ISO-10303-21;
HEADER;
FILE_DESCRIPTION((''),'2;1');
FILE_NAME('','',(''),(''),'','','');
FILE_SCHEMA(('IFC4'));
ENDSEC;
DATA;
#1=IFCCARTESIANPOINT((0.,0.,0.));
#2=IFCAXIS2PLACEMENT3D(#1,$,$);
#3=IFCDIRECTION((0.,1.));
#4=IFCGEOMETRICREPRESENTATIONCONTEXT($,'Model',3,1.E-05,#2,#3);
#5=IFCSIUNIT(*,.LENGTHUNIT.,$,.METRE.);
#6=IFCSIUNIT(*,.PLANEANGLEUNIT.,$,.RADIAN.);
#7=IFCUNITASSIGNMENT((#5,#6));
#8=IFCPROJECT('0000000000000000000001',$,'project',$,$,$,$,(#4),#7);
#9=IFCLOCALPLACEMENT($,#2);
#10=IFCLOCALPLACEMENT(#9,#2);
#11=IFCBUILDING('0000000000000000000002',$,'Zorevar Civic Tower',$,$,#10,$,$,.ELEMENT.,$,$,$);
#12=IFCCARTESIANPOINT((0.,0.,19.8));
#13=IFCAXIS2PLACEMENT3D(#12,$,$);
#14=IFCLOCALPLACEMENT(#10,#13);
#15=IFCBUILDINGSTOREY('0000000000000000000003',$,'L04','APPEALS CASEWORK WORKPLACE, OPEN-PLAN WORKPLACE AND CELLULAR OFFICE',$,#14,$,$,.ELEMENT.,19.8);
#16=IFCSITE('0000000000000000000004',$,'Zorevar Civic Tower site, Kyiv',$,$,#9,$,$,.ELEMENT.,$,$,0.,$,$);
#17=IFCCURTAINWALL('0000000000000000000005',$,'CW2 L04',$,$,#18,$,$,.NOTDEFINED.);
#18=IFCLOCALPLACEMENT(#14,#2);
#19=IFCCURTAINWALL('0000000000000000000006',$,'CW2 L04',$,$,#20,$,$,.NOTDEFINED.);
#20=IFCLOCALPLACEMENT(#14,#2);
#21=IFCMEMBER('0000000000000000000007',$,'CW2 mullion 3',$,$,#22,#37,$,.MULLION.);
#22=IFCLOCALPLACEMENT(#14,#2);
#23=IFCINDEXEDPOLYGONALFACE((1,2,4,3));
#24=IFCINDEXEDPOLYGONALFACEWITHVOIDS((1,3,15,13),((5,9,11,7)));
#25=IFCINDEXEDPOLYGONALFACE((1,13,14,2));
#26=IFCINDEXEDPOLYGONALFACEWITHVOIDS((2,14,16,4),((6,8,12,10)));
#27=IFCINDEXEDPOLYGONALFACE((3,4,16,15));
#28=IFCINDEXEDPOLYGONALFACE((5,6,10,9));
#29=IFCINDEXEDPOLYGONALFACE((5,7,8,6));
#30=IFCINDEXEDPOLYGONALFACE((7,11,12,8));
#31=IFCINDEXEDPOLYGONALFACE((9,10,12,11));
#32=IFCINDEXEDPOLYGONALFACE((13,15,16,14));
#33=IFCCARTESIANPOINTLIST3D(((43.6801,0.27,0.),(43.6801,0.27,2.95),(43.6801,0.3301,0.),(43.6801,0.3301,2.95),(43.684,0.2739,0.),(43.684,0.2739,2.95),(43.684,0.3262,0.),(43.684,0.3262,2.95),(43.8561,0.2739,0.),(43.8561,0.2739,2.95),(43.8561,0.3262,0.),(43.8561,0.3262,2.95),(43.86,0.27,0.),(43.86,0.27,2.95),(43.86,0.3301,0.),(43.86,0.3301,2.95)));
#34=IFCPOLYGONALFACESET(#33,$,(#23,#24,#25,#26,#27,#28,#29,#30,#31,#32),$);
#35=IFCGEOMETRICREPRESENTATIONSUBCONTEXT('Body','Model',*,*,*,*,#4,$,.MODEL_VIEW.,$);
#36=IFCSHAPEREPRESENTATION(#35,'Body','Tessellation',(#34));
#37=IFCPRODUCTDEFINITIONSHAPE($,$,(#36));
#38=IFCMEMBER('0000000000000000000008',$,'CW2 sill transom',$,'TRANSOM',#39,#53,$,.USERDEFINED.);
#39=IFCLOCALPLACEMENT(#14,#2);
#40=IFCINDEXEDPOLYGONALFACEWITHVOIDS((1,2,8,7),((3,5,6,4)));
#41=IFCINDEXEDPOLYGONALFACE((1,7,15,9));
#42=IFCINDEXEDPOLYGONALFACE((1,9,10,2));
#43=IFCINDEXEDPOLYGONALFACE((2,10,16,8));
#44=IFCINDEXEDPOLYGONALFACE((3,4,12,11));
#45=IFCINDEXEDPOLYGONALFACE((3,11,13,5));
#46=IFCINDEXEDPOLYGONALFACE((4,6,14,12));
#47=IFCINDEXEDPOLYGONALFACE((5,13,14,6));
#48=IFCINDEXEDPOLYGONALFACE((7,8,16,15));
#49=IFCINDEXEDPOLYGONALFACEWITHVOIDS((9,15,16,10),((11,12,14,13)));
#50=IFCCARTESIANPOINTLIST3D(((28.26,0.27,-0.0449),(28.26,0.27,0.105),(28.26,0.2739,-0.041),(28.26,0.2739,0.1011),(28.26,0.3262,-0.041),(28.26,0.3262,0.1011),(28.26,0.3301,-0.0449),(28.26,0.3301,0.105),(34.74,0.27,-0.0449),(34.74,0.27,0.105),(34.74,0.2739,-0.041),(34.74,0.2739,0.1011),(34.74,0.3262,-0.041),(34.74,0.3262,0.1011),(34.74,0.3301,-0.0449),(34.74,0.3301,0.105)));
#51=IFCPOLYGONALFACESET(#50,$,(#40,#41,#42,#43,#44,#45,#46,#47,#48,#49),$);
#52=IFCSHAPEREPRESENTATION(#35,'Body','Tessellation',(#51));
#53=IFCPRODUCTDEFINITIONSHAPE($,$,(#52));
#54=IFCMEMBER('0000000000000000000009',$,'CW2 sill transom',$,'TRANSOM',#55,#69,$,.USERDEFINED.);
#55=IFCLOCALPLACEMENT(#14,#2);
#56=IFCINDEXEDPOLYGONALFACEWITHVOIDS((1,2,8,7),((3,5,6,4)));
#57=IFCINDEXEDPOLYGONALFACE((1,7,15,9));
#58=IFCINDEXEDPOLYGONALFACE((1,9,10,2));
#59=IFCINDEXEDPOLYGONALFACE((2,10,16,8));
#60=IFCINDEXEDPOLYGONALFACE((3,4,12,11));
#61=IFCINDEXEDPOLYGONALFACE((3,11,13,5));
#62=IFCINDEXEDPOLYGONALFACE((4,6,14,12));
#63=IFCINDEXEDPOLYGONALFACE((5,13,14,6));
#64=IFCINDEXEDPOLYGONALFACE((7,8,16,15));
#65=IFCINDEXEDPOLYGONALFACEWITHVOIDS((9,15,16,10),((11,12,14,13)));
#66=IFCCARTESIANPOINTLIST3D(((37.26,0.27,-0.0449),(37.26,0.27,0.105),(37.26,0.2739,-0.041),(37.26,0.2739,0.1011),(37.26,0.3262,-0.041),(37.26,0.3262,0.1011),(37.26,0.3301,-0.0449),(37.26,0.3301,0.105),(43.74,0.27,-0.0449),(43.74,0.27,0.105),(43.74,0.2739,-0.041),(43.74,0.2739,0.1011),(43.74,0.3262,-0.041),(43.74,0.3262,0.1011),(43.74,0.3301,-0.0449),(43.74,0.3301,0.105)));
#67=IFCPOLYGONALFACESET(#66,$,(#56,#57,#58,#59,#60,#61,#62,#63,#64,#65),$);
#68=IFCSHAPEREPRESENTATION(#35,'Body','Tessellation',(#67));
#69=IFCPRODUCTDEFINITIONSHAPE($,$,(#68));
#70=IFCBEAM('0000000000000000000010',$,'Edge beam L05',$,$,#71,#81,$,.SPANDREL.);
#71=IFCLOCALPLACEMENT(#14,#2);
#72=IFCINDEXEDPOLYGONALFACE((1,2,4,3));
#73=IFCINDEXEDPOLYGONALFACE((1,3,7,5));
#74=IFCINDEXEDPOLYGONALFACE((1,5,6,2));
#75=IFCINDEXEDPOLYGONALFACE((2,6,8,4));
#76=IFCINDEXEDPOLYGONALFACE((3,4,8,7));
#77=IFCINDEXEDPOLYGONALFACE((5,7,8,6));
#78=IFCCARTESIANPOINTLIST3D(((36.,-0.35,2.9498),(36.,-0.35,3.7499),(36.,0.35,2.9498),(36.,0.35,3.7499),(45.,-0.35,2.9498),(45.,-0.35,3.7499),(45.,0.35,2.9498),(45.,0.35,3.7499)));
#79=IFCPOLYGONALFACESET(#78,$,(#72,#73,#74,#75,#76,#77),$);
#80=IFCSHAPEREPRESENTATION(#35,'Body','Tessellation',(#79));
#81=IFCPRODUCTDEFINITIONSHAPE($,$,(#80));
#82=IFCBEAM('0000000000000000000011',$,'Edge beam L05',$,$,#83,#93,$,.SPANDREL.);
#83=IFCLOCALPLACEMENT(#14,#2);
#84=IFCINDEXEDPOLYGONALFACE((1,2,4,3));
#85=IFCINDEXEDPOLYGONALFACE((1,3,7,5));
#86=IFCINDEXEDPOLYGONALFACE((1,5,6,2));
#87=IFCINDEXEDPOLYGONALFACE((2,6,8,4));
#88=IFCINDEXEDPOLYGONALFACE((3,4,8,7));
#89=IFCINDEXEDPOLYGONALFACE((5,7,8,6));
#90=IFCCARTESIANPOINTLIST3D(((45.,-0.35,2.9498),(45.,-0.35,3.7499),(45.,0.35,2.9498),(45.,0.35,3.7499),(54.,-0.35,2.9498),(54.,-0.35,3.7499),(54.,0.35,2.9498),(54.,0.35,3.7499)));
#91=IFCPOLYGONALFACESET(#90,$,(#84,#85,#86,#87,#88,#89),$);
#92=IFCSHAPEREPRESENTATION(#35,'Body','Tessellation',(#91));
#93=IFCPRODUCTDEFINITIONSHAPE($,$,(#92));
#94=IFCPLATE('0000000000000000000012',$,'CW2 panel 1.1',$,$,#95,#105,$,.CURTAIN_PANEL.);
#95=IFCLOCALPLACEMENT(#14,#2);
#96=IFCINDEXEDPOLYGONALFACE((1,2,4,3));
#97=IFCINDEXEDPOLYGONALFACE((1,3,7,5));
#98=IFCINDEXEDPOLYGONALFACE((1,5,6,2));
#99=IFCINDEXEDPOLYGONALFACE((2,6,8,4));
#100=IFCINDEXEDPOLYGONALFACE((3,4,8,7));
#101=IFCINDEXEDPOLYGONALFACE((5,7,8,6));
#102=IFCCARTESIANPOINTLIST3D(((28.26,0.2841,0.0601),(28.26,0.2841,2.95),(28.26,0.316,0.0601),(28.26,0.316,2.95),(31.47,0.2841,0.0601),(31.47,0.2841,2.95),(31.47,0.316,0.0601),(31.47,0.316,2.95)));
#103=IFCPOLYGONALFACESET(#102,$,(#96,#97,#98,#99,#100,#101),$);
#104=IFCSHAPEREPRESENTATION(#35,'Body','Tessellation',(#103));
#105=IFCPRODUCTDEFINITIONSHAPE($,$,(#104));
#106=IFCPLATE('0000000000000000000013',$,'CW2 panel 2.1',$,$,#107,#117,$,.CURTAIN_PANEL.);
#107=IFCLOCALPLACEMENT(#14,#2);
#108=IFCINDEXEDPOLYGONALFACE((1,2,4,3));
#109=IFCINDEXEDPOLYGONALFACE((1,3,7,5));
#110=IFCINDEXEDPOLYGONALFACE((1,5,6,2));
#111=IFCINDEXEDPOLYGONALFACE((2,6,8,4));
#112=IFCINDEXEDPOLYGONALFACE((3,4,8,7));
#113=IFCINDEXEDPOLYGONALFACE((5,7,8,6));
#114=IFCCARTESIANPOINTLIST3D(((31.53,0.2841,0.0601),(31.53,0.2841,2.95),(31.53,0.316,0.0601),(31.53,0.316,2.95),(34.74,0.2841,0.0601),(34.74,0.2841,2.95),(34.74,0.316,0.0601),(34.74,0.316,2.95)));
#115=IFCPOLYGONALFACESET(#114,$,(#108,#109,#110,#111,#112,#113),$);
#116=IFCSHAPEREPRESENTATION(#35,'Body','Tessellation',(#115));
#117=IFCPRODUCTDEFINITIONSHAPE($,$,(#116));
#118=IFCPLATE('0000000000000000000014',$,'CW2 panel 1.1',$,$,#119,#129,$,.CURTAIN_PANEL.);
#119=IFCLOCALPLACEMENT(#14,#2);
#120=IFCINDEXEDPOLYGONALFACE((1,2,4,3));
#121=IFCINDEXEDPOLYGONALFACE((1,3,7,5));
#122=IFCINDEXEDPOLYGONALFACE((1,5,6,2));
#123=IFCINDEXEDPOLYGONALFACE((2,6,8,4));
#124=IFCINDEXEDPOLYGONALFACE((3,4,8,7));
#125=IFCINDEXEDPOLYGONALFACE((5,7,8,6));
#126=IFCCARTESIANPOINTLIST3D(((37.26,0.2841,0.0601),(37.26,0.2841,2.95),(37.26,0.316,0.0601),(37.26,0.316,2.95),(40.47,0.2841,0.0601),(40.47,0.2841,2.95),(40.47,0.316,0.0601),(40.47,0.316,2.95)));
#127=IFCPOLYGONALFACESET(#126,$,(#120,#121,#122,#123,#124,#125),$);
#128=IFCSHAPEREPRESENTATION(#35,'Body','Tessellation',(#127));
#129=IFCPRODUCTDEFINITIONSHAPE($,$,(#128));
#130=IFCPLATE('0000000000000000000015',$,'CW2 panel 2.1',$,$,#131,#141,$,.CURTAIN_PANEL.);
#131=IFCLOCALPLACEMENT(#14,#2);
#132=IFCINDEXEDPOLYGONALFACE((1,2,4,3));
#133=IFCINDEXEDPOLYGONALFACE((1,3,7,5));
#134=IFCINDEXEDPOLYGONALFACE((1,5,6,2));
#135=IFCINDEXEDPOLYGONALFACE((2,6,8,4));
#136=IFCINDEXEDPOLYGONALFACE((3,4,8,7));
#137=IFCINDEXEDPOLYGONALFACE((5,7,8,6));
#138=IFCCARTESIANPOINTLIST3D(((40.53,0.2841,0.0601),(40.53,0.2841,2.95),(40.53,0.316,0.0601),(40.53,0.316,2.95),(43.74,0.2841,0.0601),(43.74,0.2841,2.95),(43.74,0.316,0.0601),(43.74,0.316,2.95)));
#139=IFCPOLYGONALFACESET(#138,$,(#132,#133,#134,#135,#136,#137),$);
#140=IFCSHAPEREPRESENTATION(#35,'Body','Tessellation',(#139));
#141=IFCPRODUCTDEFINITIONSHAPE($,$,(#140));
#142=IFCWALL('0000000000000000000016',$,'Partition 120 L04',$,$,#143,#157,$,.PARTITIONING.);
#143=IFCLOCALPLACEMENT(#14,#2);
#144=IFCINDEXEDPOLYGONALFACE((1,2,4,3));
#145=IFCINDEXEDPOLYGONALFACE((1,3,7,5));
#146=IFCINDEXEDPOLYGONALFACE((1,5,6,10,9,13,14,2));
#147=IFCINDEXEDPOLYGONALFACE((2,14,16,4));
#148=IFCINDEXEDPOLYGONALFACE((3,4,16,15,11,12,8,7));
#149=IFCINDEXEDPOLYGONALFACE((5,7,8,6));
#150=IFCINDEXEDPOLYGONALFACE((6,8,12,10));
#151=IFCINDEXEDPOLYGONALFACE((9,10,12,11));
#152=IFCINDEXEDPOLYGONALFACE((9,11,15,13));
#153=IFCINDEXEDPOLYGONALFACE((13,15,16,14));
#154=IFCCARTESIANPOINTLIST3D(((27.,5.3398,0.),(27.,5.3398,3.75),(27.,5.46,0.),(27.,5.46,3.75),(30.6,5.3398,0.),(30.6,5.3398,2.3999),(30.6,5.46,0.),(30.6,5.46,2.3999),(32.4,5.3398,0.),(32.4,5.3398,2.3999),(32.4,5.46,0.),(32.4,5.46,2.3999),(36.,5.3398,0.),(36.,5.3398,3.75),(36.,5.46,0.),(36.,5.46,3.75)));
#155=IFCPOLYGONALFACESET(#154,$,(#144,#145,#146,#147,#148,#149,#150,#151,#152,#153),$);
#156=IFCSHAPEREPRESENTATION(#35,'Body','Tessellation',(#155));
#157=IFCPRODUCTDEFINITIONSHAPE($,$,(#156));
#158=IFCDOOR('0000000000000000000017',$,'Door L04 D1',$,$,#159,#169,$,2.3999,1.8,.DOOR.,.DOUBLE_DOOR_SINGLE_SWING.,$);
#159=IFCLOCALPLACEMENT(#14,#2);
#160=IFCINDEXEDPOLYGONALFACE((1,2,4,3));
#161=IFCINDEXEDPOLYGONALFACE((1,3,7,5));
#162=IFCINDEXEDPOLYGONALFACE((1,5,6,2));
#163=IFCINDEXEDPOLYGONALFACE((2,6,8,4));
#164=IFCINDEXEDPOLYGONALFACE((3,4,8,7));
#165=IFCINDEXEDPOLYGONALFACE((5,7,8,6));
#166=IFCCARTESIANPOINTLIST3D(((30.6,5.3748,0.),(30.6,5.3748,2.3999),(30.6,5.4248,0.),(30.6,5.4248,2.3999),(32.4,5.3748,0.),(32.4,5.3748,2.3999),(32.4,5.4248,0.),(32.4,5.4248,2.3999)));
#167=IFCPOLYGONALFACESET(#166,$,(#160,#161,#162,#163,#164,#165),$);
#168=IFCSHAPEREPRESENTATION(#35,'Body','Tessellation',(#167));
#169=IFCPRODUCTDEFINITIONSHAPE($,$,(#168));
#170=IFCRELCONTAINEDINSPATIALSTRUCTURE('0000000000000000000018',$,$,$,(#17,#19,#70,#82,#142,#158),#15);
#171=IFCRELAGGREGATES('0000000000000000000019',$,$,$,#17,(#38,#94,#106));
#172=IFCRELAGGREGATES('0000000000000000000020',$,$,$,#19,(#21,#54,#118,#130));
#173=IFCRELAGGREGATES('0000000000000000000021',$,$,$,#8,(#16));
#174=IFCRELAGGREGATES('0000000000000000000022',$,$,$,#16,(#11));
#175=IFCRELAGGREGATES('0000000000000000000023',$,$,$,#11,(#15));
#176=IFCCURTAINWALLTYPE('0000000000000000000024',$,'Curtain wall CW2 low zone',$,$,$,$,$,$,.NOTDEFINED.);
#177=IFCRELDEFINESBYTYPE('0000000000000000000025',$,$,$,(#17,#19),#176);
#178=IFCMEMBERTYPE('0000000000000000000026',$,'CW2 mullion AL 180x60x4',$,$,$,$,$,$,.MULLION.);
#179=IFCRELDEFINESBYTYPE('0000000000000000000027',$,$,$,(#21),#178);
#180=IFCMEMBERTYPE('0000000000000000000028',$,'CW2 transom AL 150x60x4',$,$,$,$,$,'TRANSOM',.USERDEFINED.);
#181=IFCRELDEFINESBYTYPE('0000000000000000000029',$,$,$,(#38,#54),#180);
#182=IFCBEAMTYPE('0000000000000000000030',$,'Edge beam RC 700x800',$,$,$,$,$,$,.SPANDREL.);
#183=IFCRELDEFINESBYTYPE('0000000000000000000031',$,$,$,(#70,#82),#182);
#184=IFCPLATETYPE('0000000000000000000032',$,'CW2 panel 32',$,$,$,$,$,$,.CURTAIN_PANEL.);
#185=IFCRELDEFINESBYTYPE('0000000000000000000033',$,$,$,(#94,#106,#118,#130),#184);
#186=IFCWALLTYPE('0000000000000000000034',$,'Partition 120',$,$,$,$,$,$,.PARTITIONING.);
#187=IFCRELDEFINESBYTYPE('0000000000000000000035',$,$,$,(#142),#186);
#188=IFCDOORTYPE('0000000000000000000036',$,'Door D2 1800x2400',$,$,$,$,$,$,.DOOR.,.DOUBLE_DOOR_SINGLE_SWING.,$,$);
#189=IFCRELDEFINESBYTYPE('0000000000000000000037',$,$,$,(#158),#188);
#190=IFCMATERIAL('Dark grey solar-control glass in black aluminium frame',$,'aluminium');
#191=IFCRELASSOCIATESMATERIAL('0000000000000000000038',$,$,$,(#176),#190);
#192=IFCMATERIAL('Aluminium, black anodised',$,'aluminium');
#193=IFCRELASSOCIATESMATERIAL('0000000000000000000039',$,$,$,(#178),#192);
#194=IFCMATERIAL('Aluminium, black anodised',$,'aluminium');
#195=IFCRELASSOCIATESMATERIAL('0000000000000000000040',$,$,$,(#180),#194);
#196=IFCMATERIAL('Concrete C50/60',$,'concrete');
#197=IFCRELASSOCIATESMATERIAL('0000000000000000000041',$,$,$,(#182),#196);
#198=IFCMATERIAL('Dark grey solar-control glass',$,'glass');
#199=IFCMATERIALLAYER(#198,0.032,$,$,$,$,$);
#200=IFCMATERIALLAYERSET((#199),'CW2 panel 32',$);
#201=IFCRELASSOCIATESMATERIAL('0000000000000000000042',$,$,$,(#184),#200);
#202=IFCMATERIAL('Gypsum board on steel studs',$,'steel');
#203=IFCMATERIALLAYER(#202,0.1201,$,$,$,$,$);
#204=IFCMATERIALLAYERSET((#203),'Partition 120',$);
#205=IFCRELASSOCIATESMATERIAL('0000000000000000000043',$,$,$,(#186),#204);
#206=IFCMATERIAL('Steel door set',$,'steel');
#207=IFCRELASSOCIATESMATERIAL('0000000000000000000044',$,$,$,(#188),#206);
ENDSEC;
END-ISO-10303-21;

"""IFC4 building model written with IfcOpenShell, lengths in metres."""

from ifc_helpers import new_model, si_unit, direction, frame, frame_2d, origin, origin_2d, place, context, subcontext, project, spatial, rectangle, hollow_rectangle, extrude, material, layer, layer_set, material_profile, profile_set, type_object, element, fill, aggregate, save


model = new_model("IFC4")

# Units and contexts
model_context = context("Model", 3, precision=1e-05, world=origin(), true_north=direction((0.0, 1.0)))
body_context = subcontext(model_context, "Body", "Model", "MODEL_VIEW")
ifc_project = project(units=[si_unit("LENGTHUNIT", "METRE"), si_unit("PLANEANGLEUNIT", "RADIAN")], contexts=[model_context])

# Site, building, storey
site_placement = place(None, origin())
site = spatial("IfcSite", under=ifc_project, at=site_placement, Name="Zorevar Civic Tower site, Kyiv", CompositionType="ELEMENT", RefElevation=0.0)
building_placement = place(site_placement, origin())
building = spatial("IfcBuilding", under=site, at=building_placement, Name="Zorevar Civic Tower", CompositionType="ELEMENT")
storey_placement = place(building_placement, frame((0.0, 0.0, 19.8)))
storey = spatial("IfcBuildingStorey", under=building, at=storey_placement, Name="L04", Description="APPEALS CASEWORK WORKPLACE, OPEN-PLAN WORKPLACE AND CELLULAR OFFICE", CompositionType="ELEMENT", Elevation=19.8)

# Curtain walls, member
ifc_material_1 = material(Name="Dark grey solar-control glass in black aluminium frame", Category="aluminium")
curtain_wall_type = type_object("IfcCurtainWallType", Name="Curtain wall CW2 low zone", PredefinedType="NOTDEFINED", material=ifc_material_1)
curtain_wall_1_placement = place(storey_placement, origin())
curtain_wall_1 = element("IfcCurtainWall", 1, at=curtain_wall_1_placement, inside=storey, type_object=curtain_wall_type, Name="CW2 L04", PredefinedType="NOTDEFINED")
ifc_material_2 = material(Name="Aluminium, black anodised", Category="aluminium")
ifc_material_profile_1 = material_profile(ifc_material_2, hollow_rectangle(XDim=0.0601, YDim=0.1799, WallThickness=0.0039, at=origin_2d()), Name="AL 180x60x4")
ifc_profile_set_1 = profile_set([ifc_material_profile_1], Name="Aluminium, black anodised")
member_type_1 = type_object("IfcMemberType", Name="CW2 mullion AL 180x60x4", PredefinedType="MULLION", material=ifc_profile_set_1)
curtain_wall_2_placement = place(storey_placement, origin())
curtain_wall_2 = element("IfcCurtainWall", 2, at=curtain_wall_2_placement, inside=storey, type_object=curtain_wall_type, Name="CW2 L04", PredefinedType="NOTDEFINED")
member_1_placement = place(storey_placement, frame((43.77, 0.3, 0.0), z_axis=(0.0, 0.0, 1.0), x_axis=(0.0, 1.0, 0.0)))
member_1 = element("IfcMember", 3, at=member_1_placement, type_object=member_type_1, Name="CW2 mullion 3", PredefinedType="MULLION", context=body_context, shape_type="SweptSolid", body=[
    extrude(hollow_rectangle(XDim=0.0601, YDim=0.1799, WallThickness=0.0039, at=origin_2d()), origin(), (0.0, 0.0, 1.0), 2.95),
])

# Members
ifc_material_3 = material(Name="Aluminium, black anodised", Category="aluminium")
ifc_material_profile_2 = material_profile(ifc_material_3, hollow_rectangle(XDim=0.0601, YDim=0.1499, WallThickness=0.0039, at=origin_2d()), Name="AL 150x60x4")
ifc_profile_set_2 = profile_set([ifc_material_profile_2], Name="Aluminium, black anodised")
member_type_2 = type_object("IfcMemberType", Name="CW2 transom AL 150x60x4", ElementType="TRANSOM", PredefinedType="USERDEFINED", material=ifc_profile_set_2)
member_2_placement = place(storey_placement, frame((28.26, 0.3, 0.03), z_axis=(1.0, 0.0, 0.0), x_axis=(0.0, 1.0, 0.0)))
member_2 = element("IfcMember", 4, at=member_2_placement, type_object=member_type_2, Name="CW2 sill transom", ObjectType="TRANSOM", PredefinedType="USERDEFINED", context=body_context, shape_type="SweptSolid", body=[
    extrude(hollow_rectangle(XDim=0.0601, YDim=0.1499, WallThickness=0.0039, at=origin_2d()), origin(), (0.0, 0.0, 1.0), 6.48),
])
member_3_placement = place(storey_placement, frame((37.26, 0.3, 0.03), z_axis=(1.0, 0.0, 0.0), x_axis=(0.0, 1.0, 0.0)))
member_3 = element("IfcMember", 5, at=member_3_placement, type_object=member_type_2, Name="CW2 sill transom", ObjectType="TRANSOM", PredefinedType="USERDEFINED", context=body_context, shape_type="SweptSolid", body=[
    extrude(hollow_rectangle(XDim=0.0601, YDim=0.1499, WallThickness=0.0039, at=origin_2d()), origin(), (0.0, 0.0, 1.0), 6.48),
])

# Beams
ifc_material_4 = material(Name="Concrete C50/60", Category="concrete")
ifc_material_profile_3 = material_profile(ifc_material_4, rectangle(XDim=0.7, YDim=0.8, at=origin_2d()), Name="RC 700x800")
ifc_profile_set_3 = profile_set([ifc_material_profile_3], Name="Concrete C50/60")
beam_type_1 = type_object("IfcBeamType", Name="Edge beam RC 700x800", PredefinedType="SPANDREL", material=ifc_profile_set_3)
for number, where, z_axis, x_axis, name in (
    (6, (36.0, 0.0, 3.3499), (1.0, 0.0, 0.0), (0.0, 1.0, 0.0), "Edge beam L05"),
    (7, (45.0, 0.0, 3.3499), (1.0, 0.0, 0.0), (0.0, 1.0, 0.0), "Edge beam L05"),
):
    element("IfcBeam", number, at=place(storey_placement, frame(where, z_axis=z_axis, x_axis=x_axis)), inside=storey, type_object=beam_type_1, Name=name, PredefinedType="SPANDREL", context=body_context, shape_type="SweptSolid", body=[
        extrude(rectangle(XDim=0.7, YDim=0.8, at=origin_2d()), origin(), (0.0, 0.0, 1.0), 9.0),
    ])

# Plates
ifc_material_5 = material(Name="Dark grey solar-control glass", Category="glass")
ifc_layer_1 = layer(ifc_material_5, 0.032)
ifc_layer_set_1 = layer_set([ifc_layer_1], Name="CW2 panel 32")
plate_type = type_object("IfcPlateType", Name="CW2 panel 32", PredefinedType="CURTAIN_PANEL", material=ifc_layer_set_1)
plate_1_placement = place(storey_placement, frame((29.865, 0.3, 0.0601), z_axis=(0.0, 0.0, 1.0), x_axis=(1.0, 0.0, 0.0)))
plate_1 = element("IfcPlate", 8, at=plate_1_placement, type_object=plate_type, Name="CW2 panel 1.1", PredefinedType="CURTAIN_PANEL", context=body_context, shape_type="SweptSolid", body=[
    extrude(rectangle(XDim=3.21, YDim=0.032, at=origin_2d()), origin(), (0.0, 0.0, 1.0), 2.8899),
])
plate_2_placement = place(storey_placement, frame((33.135, 0.3, 0.0601), z_axis=(0.0, 0.0, 1.0), x_axis=(1.0, 0.0, 0.0)))
plate_2 = element("IfcPlate", 9, at=plate_2_placement, type_object=plate_type, Name="CW2 panel 2.1", PredefinedType="CURTAIN_PANEL", context=body_context, shape_type="SweptSolid", body=[
    extrude(rectangle(XDim=3.21, YDim=0.032, at=origin_2d()), origin(), (0.0, 0.0, 1.0), 2.8899),
])
aggregate(curtain_wall_1, [member_2, plate_1, plate_2])
plate_3_placement = place(storey_placement, frame((38.865, 0.3, 0.0601), z_axis=(0.0, 0.0, 1.0), x_axis=(1.0, 0.0, 0.0)))
plate_3 = element("IfcPlate", 10, at=plate_3_placement, type_object=plate_type, Name="CW2 panel 1.1", PredefinedType="CURTAIN_PANEL", context=body_context, shape_type="SweptSolid", body=[
    extrude(rectangle(XDim=3.21, YDim=0.032, at=origin_2d()), origin(), (0.0, 0.0, 1.0), 2.8899),
])
plate_4_placement = place(storey_placement, frame((42.135, 0.3, 0.0601), z_axis=(0.0, 0.0, 1.0), x_axis=(1.0, 0.0, 0.0)))
plate_4 = element("IfcPlate", 11, at=plate_4_placement, type_object=plate_type, Name="CW2 panel 2.1", PredefinedType="CURTAIN_PANEL", context=body_context, shape_type="SweptSolid", body=[
    extrude(rectangle(XDim=3.21, YDim=0.032, at=origin_2d()), origin(), (0.0, 0.0, 1.0), 2.8899),
])
aggregate(curtain_wall_2, [member_1, member_3, plate_3, plate_4])

# Wall, opening, door
ifc_material_6 = material(Name="Gypsum board on steel studs", Category="steel")
ifc_layer_2 = layer(ifc_material_6, 0.1201)
ifc_layer_set_2 = layer_set([ifc_layer_2], Name="Partition 120")
wall_type = type_object("IfcWallType", Name="Partition 120", PredefinedType="PARTITIONING", material=ifc_layer_set_2)
wall_1_placement = place(storey_placement, frame((27.0, 5.3999, 0.0), z_axis=(0.0, 0.0, 1.0), x_axis=(1.0, 0.0, 0.0)))
wall_1 = element("IfcWall", 12, at=wall_1_placement, inside=storey, type_object=wall_type, Name="Partition 120 L04", PredefinedType="PARTITIONING", context=body_context, shape_type="SweptSolid", body=[
    extrude(rectangle(XDim=9.0, YDim=0.1201, at=frame_2d((4.5, 0.0))), origin(), (0.0, 0.0, 1.0), 3.75),
])
opening_1_placement = place(wall_1_placement, frame((3.6001, 0.0, 0.0)))
opening_1 = element("IfcOpeningElement", 13, at=opening_1_placement, cuts=wall_1, PredefinedType="OPENING", context=body_context, shape_type="SweptSolid", body=[
    extrude(rectangle(XDim=1.8, YDim=2.3999, at=frame_2d((0.8999, 1.2))), frame((0.0, 0.0701, 0.0), z_axis=(0.0, -1.0, 0.0), x_axis=(1.0, 0.0, 0.0)), (0.0, 0.0, 1.0), 0.1401),
])
ifc_material_7 = material(Name="Steel door set", Category="steel")
door_type_1 = type_object("IfcDoorType", Name="Door D2 1800x2400", OperationType="DOUBLE_DOOR_SINGLE_SWING", PredefinedType="DOOR", material=ifc_material_7)
door_1_placement = place(opening_1_placement, origin())
door_1 = element("IfcDoor", 14, at=door_1_placement, inside=storey, type_object=door_type_1, Name="Door L04 D1", OperationType="DOUBLE_DOOR_SINGLE_SWING", OverallHeight=2.3999, OverallWidth=1.8, PredefinedType="DOOR", context=body_context, shape_type="SweptSolid", body=[
    extrude(rectangle(XDim=1.8, YDim=2.3999, at=frame_2d((0.8999, 1.2))), frame((0.0, 0.0249, 0.0), z_axis=(0.0, -1.0, 0.0), x_axis=(1.0, 0.0, 0.0)), (0.0, 0.0, 1.0), 0.05),
])
fill(opening_1, door_1)

save(model, "model.ifc")
